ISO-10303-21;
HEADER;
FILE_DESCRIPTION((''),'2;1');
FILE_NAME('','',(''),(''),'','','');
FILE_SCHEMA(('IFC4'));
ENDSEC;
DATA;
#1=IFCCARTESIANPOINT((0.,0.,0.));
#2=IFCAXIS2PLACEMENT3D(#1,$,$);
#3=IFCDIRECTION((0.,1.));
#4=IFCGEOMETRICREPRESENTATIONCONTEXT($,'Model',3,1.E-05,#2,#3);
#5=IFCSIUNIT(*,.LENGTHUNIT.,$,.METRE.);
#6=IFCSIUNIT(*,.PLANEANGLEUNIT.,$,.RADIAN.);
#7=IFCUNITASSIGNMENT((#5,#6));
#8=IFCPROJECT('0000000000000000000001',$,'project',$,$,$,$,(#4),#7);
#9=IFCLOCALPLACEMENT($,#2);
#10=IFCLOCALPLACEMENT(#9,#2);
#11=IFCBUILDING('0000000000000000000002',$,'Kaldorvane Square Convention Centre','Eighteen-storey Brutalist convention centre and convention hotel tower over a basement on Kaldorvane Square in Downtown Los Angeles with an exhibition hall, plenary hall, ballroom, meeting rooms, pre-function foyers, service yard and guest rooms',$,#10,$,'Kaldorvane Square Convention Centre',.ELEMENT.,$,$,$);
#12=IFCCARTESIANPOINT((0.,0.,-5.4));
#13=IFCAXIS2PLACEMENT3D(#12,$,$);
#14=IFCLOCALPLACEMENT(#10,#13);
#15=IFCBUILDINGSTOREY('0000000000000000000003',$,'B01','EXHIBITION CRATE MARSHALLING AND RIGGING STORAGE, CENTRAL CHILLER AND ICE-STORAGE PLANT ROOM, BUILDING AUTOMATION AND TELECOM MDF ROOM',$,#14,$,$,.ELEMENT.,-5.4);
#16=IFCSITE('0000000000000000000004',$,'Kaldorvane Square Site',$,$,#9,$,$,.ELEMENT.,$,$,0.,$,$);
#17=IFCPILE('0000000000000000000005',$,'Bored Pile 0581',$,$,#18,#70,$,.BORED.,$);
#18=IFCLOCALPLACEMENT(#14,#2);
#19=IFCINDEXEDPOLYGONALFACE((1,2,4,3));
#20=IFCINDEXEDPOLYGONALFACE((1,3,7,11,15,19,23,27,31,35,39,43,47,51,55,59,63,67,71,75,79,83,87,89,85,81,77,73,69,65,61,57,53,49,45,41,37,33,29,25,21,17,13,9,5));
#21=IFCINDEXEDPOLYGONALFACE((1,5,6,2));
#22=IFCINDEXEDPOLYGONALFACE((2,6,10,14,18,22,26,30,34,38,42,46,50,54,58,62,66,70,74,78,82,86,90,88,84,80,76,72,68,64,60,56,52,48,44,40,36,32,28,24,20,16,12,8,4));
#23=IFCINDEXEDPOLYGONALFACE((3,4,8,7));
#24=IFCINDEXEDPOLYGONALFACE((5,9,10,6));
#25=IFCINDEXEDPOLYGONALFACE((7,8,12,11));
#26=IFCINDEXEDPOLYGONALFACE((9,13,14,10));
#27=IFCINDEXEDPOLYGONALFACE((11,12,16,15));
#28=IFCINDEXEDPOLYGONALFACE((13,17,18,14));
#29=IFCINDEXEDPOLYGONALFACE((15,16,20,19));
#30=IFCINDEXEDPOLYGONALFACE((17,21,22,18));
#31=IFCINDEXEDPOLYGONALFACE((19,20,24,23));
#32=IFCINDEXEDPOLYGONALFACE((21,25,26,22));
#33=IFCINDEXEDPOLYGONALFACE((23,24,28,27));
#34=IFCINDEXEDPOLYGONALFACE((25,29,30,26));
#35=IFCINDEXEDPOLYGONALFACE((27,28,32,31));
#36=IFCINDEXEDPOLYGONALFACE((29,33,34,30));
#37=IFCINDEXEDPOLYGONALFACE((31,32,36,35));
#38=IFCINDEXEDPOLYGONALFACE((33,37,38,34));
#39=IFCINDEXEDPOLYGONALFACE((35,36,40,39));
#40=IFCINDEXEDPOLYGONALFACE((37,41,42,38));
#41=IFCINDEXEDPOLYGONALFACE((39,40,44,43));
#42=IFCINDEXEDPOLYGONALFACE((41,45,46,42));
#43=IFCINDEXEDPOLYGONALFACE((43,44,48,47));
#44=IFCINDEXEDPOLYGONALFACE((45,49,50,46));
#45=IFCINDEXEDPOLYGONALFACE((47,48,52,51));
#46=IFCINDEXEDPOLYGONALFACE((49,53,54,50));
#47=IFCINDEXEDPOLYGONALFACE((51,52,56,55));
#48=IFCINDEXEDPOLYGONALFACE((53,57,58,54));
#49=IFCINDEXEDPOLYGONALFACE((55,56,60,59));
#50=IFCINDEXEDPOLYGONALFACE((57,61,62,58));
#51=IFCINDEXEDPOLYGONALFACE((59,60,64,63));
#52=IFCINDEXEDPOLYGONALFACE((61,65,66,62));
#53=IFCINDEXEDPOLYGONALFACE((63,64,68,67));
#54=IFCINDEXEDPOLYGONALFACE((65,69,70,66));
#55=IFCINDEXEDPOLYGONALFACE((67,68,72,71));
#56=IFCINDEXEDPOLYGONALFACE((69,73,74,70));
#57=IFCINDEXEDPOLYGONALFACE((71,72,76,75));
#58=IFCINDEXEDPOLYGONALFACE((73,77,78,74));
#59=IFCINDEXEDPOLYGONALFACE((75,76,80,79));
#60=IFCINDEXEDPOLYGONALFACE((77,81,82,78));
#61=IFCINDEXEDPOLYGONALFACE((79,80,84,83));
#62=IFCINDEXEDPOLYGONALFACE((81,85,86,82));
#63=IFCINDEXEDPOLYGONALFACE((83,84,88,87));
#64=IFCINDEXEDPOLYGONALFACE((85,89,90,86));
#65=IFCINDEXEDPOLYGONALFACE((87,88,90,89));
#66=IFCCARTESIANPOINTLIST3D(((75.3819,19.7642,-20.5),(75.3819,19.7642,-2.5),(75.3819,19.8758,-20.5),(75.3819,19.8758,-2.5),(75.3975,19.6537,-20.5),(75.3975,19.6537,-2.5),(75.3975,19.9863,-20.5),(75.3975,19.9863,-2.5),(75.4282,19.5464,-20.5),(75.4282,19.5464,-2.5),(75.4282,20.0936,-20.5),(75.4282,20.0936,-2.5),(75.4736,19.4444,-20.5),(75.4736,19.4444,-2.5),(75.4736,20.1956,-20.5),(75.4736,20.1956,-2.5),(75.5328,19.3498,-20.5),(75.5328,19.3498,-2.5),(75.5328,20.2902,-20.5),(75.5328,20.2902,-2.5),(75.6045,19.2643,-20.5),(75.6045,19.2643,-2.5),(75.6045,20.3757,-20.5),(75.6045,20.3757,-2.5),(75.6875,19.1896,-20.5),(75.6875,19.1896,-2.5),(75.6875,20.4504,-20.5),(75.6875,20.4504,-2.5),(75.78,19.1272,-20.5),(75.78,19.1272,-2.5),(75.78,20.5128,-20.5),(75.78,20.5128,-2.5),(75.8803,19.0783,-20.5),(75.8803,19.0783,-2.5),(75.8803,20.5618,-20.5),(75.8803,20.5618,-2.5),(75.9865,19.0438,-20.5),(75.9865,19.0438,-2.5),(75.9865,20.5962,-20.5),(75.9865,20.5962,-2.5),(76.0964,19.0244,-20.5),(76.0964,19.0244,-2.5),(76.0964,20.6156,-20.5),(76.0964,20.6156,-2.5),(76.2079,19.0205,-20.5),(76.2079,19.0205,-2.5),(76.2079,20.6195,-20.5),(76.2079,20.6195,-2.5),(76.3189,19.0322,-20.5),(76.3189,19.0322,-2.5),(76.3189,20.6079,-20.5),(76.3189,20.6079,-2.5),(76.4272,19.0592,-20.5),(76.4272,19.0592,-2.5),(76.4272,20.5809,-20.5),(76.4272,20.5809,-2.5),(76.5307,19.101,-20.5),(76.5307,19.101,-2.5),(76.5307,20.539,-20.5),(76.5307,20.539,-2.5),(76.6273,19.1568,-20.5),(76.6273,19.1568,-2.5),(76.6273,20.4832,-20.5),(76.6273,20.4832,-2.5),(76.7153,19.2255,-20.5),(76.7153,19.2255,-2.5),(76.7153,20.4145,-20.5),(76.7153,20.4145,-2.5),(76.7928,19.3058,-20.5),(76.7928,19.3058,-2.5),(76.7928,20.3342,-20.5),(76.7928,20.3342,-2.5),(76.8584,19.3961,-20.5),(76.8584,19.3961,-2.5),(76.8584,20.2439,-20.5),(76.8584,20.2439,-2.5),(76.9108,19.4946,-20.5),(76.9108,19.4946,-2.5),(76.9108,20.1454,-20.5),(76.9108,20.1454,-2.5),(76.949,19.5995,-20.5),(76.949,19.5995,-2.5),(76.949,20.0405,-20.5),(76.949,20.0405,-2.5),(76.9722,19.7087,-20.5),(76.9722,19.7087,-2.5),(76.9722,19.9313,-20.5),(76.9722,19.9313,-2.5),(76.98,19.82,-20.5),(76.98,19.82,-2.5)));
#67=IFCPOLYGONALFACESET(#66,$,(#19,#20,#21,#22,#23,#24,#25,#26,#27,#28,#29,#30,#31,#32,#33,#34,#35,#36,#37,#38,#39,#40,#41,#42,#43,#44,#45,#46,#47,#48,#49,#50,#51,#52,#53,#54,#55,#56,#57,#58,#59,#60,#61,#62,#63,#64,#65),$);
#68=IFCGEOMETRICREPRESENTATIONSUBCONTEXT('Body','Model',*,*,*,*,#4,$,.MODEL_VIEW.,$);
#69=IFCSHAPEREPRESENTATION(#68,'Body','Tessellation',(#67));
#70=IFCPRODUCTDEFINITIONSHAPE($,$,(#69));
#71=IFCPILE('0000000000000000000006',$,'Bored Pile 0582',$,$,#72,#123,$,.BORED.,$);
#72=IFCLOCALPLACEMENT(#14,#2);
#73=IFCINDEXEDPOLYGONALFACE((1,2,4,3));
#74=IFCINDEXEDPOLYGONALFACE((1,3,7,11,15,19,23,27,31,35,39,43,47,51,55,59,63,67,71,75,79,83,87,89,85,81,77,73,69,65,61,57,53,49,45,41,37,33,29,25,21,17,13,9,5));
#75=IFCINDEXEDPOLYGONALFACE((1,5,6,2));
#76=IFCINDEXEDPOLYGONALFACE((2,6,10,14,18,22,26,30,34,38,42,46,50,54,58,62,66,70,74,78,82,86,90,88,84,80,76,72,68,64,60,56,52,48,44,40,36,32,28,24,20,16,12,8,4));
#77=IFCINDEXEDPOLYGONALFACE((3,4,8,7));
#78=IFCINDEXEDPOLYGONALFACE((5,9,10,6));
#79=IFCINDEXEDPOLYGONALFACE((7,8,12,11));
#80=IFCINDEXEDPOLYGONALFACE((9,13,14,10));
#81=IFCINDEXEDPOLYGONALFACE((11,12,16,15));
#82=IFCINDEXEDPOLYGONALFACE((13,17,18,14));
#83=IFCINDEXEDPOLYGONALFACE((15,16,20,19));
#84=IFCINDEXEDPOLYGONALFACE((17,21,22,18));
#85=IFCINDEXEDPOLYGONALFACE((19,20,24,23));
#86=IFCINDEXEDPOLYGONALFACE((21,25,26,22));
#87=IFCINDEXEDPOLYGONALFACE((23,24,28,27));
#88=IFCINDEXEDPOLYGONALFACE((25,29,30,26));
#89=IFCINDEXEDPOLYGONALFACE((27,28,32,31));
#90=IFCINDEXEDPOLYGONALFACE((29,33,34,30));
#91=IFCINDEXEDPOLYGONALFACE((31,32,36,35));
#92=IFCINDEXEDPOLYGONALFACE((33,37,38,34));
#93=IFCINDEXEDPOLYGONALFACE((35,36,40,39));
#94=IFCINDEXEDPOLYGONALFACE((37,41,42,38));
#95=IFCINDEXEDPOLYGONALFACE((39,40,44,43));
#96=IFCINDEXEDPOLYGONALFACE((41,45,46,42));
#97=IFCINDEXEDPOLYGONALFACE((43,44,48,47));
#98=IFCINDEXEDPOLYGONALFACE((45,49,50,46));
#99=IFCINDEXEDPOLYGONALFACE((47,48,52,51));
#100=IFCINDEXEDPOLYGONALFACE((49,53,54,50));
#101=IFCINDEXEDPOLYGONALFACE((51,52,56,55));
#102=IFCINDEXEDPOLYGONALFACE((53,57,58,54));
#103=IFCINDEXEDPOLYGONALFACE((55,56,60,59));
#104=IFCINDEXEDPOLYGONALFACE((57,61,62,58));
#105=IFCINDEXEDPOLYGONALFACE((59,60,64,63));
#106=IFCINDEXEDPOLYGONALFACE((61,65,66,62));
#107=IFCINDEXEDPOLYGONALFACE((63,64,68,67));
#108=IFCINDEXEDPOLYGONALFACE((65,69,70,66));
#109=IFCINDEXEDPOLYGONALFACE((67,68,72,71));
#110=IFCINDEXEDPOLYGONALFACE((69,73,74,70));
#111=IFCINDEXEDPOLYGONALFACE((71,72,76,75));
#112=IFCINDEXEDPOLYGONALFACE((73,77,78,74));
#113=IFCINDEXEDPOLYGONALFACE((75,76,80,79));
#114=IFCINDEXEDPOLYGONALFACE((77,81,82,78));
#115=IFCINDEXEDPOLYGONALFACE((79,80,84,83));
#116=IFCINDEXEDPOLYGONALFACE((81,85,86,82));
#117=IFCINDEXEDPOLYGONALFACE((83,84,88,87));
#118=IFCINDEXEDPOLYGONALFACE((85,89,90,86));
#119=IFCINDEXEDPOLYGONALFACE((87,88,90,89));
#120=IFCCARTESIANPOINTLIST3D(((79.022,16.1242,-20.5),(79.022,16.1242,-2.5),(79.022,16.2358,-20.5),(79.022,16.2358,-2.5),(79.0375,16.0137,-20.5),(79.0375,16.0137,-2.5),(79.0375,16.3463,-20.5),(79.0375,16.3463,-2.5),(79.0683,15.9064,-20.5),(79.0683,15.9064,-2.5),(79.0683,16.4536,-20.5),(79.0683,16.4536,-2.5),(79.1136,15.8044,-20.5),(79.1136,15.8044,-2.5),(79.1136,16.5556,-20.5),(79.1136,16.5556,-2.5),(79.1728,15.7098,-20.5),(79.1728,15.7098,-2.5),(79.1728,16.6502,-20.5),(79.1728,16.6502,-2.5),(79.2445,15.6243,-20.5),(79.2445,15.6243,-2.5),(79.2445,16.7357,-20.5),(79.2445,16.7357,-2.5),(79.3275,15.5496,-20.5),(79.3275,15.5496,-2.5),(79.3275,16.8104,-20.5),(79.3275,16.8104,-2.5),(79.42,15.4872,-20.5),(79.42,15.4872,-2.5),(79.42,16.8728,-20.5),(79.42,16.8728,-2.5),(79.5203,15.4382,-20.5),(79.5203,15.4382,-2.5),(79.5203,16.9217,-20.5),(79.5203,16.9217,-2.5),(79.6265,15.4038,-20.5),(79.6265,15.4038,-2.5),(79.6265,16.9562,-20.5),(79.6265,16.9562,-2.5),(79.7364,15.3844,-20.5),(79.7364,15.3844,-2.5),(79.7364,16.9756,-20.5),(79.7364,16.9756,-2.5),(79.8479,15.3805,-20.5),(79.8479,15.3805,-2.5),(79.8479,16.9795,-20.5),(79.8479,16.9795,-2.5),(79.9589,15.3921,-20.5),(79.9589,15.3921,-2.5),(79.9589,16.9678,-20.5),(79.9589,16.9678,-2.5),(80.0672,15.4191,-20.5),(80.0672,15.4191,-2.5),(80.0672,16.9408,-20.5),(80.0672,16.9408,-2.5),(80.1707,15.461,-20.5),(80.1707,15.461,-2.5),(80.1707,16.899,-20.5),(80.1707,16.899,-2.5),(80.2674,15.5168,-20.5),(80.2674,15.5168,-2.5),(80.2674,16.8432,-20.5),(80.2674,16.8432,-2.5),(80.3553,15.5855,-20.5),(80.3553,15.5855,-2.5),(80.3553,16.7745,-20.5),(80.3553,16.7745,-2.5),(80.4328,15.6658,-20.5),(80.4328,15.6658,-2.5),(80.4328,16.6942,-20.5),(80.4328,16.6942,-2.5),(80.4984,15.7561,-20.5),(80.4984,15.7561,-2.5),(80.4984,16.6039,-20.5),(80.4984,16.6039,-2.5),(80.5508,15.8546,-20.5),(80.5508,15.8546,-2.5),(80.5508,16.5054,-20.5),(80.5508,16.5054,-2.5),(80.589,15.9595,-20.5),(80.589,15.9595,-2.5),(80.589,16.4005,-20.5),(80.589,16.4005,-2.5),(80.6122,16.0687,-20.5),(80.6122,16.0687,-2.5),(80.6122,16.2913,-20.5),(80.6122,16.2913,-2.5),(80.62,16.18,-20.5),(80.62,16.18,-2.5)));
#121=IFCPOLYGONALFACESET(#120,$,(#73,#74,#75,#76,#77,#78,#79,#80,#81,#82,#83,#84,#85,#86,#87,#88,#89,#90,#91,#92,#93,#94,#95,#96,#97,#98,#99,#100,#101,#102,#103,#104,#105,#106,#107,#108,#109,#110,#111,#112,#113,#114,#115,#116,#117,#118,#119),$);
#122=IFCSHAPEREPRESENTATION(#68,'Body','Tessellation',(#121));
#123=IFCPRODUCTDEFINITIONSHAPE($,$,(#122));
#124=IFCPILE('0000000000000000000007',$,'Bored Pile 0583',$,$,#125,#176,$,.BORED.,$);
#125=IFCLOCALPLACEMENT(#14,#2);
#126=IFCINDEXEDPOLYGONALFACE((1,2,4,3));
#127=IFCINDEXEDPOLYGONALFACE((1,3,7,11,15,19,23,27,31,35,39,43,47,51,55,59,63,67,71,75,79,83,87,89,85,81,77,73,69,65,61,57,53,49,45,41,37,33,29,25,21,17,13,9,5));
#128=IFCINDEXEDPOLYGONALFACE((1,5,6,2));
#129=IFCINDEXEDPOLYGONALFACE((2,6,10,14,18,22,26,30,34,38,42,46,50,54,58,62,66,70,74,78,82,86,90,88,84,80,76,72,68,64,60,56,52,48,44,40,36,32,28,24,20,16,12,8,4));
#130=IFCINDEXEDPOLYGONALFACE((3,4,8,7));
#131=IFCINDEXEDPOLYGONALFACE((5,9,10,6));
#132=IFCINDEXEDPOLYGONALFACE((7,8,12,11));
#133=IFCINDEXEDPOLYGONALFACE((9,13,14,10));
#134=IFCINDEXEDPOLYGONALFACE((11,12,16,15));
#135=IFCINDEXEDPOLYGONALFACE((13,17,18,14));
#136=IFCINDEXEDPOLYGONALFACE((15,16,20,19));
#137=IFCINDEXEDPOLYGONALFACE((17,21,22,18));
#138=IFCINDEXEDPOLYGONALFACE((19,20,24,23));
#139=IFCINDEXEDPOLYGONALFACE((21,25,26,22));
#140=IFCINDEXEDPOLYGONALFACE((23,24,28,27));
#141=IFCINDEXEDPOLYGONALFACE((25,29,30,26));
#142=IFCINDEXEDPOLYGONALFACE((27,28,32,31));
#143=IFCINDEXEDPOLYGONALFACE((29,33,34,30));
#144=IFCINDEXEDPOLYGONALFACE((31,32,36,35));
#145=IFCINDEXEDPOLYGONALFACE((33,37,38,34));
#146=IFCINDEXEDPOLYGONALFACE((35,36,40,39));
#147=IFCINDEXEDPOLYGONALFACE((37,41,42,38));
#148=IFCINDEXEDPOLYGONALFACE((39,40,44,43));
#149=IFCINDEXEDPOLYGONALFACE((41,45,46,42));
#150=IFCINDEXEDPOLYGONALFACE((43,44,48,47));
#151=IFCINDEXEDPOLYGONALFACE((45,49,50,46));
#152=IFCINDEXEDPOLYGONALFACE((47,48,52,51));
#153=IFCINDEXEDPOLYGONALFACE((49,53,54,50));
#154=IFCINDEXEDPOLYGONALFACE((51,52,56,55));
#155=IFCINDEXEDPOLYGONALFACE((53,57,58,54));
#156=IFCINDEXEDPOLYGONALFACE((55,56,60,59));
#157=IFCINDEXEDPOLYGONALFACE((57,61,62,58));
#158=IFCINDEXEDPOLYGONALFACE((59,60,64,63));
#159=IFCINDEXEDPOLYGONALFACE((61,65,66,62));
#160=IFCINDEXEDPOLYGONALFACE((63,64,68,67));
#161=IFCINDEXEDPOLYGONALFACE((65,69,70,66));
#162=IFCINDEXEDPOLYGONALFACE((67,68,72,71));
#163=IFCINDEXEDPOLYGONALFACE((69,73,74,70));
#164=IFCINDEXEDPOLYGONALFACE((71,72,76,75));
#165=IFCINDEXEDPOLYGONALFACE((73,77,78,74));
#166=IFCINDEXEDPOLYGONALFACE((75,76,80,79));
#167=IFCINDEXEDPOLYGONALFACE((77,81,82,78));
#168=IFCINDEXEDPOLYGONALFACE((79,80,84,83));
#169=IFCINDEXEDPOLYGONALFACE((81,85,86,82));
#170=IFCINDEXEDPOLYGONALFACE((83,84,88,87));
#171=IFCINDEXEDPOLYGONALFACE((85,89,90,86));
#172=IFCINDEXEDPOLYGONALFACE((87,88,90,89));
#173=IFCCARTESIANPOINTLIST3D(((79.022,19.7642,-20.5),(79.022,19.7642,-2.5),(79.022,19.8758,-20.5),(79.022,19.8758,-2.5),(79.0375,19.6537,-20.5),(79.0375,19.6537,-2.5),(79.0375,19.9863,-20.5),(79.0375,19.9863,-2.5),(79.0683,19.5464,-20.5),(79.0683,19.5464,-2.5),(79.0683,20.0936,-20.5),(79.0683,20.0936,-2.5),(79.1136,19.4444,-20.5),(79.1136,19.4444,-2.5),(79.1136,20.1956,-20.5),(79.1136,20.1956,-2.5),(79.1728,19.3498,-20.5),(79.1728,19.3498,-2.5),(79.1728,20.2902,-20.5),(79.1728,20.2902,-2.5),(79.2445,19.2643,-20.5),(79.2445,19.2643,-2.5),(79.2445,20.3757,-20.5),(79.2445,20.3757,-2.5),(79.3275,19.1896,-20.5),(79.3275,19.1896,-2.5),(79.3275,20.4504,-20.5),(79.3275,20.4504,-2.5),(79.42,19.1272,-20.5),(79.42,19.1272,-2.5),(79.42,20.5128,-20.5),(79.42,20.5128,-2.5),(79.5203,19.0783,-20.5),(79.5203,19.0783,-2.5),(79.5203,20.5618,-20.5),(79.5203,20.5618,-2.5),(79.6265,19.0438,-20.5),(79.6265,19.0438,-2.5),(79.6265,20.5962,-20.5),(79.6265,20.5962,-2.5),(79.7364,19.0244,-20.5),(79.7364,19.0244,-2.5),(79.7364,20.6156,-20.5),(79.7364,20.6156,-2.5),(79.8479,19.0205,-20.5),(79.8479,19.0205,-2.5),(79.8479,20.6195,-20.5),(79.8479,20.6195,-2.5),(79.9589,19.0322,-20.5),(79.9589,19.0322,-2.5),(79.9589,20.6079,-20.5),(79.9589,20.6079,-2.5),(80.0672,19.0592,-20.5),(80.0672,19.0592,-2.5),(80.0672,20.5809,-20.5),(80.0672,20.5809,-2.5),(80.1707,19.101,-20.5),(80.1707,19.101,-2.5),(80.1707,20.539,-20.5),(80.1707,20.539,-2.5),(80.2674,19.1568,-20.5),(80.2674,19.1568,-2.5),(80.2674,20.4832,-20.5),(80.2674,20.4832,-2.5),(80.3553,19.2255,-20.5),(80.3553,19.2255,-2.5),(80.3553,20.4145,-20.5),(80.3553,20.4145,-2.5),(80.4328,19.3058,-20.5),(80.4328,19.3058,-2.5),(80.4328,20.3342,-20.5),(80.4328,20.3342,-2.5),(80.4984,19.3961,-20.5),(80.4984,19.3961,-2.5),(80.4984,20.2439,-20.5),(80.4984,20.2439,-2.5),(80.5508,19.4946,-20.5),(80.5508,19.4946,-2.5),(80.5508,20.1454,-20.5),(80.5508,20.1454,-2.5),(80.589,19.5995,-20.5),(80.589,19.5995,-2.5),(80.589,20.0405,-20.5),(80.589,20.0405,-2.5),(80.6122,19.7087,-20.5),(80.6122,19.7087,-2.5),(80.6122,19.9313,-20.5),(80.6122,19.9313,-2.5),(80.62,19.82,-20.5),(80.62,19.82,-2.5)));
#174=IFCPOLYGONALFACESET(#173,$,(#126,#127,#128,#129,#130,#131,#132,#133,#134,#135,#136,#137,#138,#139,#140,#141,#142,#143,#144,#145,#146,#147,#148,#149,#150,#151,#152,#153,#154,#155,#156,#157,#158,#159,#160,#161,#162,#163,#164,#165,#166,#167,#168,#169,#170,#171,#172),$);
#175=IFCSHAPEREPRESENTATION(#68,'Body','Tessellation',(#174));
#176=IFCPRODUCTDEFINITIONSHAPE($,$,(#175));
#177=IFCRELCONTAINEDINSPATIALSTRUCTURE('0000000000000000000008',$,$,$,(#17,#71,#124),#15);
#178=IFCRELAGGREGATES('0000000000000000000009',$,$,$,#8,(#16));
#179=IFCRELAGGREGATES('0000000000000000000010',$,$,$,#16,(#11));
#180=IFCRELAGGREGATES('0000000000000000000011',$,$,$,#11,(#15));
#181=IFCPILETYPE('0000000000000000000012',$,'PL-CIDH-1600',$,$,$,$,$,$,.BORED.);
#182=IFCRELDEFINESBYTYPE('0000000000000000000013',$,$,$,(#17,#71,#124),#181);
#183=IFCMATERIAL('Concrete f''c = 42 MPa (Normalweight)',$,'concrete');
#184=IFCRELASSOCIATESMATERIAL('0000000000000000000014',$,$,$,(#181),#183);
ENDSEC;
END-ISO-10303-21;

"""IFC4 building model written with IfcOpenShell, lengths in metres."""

from ifc_helpers import new_model, si_unit, direction, frame, origin, origin_2d, place, context, subcontext, project, spatial, circle, extrude, material, material_profile, profile_set, type_object, element, save


model = new_model("IFC4")

# Units and contexts
model_context = context("Model", 3, precision=1e-05, world=origin(), true_north=direction((0.0, 1.0)))
body_context = subcontext(model_context, "Body", "Model", "MODEL_VIEW")
ifc_project = project(units=[si_unit("LENGTHUNIT", "METRE"), si_unit("PLANEANGLEUNIT", "RADIAN")], contexts=[model_context])

# Site, building, storey
site_placement = place(None, origin())
site = spatial("IfcSite", under=ifc_project, at=site_placement, Name="Kaldorvane Square Site", CompositionType="ELEMENT", RefElevation=0.0)
building_placement = place(site_placement, origin())
building = spatial("IfcBuilding", under=site, at=building_placement, Name="Kaldorvane Square Convention Centre", Description="Eighteen-storey Brutalist convention centre and convention hotel tower over a basement on Kaldorvane Square in Downtown Los Angeles with an exhibition hall, plenary hall, ballroom, meeting rooms, pre-function foyers, service yard and guest rooms", LongName="Kaldorvane Square Convention Centre", CompositionType="ELEMENT")
storey_placement = place(building_placement, frame((0.0, 0.0, -5.4)))
storey = spatial("IfcBuildingStorey", under=building, at=storey_placement, Name="B01", Description="EXHIBITION CRATE MARSHALLING AND RIGGING STORAGE, CENTRAL CHILLER AND ICE-STORAGE PLANT ROOM, BUILDING AUTOMATION AND TELECOM MDF ROOM", CompositionType="ELEMENT", Elevation=-5.4)

# Shared definitions
ifc_material_1 = material(Name="Concrete f'c = 42 MPa (Normalweight)", Category="concrete")

# Piles
ifc_material_profile_1 = material_profile(ifc_material_1, circle(Radius=0.8, at=origin_2d()), Name="PILE-D1600")
ifc_profile_set_1 = profile_set([ifc_material_profile_1], Name="Concrete f'c = 42 MPa (Normalweight)")
pile_type_1 = type_object("IfcPileType", Name="PL-CIDH-1600", PredefinedType="BORED", material=ifc_profile_set_1)
for number, where, z_axis, x_axis, name in (
    (1, (76.18, 19.82, -2.5), (0.0, 0.0, -1.0), (1.0, 0.0, 0.0), "Bored Pile 0581"),
    (2, (79.82, 16.18, -2.5), (0.0, 0.0, -1.0), (1.0, 0.0, 0.0), "Bored Pile 0582"),
    (3, (79.82, 19.82, -2.5), (0.0, 0.0, -1.0), (1.0, 0.0, 0.0), "Bored Pile 0583"),
):
    element("IfcPile", number, at=place(storey_placement, frame(where, z_axis=z_axis, x_axis=x_axis)), inside=storey, type_object=pile_type_1, Name=name, PredefinedType="BORED", context=body_context, shape_type="SweptSolid", body=[
        extrude(circle(Radius=0.8, at=origin_2d()), origin(), (0.0, 0.0, 1.0), 18.0),
    ])

save(model, "model.ifc")
